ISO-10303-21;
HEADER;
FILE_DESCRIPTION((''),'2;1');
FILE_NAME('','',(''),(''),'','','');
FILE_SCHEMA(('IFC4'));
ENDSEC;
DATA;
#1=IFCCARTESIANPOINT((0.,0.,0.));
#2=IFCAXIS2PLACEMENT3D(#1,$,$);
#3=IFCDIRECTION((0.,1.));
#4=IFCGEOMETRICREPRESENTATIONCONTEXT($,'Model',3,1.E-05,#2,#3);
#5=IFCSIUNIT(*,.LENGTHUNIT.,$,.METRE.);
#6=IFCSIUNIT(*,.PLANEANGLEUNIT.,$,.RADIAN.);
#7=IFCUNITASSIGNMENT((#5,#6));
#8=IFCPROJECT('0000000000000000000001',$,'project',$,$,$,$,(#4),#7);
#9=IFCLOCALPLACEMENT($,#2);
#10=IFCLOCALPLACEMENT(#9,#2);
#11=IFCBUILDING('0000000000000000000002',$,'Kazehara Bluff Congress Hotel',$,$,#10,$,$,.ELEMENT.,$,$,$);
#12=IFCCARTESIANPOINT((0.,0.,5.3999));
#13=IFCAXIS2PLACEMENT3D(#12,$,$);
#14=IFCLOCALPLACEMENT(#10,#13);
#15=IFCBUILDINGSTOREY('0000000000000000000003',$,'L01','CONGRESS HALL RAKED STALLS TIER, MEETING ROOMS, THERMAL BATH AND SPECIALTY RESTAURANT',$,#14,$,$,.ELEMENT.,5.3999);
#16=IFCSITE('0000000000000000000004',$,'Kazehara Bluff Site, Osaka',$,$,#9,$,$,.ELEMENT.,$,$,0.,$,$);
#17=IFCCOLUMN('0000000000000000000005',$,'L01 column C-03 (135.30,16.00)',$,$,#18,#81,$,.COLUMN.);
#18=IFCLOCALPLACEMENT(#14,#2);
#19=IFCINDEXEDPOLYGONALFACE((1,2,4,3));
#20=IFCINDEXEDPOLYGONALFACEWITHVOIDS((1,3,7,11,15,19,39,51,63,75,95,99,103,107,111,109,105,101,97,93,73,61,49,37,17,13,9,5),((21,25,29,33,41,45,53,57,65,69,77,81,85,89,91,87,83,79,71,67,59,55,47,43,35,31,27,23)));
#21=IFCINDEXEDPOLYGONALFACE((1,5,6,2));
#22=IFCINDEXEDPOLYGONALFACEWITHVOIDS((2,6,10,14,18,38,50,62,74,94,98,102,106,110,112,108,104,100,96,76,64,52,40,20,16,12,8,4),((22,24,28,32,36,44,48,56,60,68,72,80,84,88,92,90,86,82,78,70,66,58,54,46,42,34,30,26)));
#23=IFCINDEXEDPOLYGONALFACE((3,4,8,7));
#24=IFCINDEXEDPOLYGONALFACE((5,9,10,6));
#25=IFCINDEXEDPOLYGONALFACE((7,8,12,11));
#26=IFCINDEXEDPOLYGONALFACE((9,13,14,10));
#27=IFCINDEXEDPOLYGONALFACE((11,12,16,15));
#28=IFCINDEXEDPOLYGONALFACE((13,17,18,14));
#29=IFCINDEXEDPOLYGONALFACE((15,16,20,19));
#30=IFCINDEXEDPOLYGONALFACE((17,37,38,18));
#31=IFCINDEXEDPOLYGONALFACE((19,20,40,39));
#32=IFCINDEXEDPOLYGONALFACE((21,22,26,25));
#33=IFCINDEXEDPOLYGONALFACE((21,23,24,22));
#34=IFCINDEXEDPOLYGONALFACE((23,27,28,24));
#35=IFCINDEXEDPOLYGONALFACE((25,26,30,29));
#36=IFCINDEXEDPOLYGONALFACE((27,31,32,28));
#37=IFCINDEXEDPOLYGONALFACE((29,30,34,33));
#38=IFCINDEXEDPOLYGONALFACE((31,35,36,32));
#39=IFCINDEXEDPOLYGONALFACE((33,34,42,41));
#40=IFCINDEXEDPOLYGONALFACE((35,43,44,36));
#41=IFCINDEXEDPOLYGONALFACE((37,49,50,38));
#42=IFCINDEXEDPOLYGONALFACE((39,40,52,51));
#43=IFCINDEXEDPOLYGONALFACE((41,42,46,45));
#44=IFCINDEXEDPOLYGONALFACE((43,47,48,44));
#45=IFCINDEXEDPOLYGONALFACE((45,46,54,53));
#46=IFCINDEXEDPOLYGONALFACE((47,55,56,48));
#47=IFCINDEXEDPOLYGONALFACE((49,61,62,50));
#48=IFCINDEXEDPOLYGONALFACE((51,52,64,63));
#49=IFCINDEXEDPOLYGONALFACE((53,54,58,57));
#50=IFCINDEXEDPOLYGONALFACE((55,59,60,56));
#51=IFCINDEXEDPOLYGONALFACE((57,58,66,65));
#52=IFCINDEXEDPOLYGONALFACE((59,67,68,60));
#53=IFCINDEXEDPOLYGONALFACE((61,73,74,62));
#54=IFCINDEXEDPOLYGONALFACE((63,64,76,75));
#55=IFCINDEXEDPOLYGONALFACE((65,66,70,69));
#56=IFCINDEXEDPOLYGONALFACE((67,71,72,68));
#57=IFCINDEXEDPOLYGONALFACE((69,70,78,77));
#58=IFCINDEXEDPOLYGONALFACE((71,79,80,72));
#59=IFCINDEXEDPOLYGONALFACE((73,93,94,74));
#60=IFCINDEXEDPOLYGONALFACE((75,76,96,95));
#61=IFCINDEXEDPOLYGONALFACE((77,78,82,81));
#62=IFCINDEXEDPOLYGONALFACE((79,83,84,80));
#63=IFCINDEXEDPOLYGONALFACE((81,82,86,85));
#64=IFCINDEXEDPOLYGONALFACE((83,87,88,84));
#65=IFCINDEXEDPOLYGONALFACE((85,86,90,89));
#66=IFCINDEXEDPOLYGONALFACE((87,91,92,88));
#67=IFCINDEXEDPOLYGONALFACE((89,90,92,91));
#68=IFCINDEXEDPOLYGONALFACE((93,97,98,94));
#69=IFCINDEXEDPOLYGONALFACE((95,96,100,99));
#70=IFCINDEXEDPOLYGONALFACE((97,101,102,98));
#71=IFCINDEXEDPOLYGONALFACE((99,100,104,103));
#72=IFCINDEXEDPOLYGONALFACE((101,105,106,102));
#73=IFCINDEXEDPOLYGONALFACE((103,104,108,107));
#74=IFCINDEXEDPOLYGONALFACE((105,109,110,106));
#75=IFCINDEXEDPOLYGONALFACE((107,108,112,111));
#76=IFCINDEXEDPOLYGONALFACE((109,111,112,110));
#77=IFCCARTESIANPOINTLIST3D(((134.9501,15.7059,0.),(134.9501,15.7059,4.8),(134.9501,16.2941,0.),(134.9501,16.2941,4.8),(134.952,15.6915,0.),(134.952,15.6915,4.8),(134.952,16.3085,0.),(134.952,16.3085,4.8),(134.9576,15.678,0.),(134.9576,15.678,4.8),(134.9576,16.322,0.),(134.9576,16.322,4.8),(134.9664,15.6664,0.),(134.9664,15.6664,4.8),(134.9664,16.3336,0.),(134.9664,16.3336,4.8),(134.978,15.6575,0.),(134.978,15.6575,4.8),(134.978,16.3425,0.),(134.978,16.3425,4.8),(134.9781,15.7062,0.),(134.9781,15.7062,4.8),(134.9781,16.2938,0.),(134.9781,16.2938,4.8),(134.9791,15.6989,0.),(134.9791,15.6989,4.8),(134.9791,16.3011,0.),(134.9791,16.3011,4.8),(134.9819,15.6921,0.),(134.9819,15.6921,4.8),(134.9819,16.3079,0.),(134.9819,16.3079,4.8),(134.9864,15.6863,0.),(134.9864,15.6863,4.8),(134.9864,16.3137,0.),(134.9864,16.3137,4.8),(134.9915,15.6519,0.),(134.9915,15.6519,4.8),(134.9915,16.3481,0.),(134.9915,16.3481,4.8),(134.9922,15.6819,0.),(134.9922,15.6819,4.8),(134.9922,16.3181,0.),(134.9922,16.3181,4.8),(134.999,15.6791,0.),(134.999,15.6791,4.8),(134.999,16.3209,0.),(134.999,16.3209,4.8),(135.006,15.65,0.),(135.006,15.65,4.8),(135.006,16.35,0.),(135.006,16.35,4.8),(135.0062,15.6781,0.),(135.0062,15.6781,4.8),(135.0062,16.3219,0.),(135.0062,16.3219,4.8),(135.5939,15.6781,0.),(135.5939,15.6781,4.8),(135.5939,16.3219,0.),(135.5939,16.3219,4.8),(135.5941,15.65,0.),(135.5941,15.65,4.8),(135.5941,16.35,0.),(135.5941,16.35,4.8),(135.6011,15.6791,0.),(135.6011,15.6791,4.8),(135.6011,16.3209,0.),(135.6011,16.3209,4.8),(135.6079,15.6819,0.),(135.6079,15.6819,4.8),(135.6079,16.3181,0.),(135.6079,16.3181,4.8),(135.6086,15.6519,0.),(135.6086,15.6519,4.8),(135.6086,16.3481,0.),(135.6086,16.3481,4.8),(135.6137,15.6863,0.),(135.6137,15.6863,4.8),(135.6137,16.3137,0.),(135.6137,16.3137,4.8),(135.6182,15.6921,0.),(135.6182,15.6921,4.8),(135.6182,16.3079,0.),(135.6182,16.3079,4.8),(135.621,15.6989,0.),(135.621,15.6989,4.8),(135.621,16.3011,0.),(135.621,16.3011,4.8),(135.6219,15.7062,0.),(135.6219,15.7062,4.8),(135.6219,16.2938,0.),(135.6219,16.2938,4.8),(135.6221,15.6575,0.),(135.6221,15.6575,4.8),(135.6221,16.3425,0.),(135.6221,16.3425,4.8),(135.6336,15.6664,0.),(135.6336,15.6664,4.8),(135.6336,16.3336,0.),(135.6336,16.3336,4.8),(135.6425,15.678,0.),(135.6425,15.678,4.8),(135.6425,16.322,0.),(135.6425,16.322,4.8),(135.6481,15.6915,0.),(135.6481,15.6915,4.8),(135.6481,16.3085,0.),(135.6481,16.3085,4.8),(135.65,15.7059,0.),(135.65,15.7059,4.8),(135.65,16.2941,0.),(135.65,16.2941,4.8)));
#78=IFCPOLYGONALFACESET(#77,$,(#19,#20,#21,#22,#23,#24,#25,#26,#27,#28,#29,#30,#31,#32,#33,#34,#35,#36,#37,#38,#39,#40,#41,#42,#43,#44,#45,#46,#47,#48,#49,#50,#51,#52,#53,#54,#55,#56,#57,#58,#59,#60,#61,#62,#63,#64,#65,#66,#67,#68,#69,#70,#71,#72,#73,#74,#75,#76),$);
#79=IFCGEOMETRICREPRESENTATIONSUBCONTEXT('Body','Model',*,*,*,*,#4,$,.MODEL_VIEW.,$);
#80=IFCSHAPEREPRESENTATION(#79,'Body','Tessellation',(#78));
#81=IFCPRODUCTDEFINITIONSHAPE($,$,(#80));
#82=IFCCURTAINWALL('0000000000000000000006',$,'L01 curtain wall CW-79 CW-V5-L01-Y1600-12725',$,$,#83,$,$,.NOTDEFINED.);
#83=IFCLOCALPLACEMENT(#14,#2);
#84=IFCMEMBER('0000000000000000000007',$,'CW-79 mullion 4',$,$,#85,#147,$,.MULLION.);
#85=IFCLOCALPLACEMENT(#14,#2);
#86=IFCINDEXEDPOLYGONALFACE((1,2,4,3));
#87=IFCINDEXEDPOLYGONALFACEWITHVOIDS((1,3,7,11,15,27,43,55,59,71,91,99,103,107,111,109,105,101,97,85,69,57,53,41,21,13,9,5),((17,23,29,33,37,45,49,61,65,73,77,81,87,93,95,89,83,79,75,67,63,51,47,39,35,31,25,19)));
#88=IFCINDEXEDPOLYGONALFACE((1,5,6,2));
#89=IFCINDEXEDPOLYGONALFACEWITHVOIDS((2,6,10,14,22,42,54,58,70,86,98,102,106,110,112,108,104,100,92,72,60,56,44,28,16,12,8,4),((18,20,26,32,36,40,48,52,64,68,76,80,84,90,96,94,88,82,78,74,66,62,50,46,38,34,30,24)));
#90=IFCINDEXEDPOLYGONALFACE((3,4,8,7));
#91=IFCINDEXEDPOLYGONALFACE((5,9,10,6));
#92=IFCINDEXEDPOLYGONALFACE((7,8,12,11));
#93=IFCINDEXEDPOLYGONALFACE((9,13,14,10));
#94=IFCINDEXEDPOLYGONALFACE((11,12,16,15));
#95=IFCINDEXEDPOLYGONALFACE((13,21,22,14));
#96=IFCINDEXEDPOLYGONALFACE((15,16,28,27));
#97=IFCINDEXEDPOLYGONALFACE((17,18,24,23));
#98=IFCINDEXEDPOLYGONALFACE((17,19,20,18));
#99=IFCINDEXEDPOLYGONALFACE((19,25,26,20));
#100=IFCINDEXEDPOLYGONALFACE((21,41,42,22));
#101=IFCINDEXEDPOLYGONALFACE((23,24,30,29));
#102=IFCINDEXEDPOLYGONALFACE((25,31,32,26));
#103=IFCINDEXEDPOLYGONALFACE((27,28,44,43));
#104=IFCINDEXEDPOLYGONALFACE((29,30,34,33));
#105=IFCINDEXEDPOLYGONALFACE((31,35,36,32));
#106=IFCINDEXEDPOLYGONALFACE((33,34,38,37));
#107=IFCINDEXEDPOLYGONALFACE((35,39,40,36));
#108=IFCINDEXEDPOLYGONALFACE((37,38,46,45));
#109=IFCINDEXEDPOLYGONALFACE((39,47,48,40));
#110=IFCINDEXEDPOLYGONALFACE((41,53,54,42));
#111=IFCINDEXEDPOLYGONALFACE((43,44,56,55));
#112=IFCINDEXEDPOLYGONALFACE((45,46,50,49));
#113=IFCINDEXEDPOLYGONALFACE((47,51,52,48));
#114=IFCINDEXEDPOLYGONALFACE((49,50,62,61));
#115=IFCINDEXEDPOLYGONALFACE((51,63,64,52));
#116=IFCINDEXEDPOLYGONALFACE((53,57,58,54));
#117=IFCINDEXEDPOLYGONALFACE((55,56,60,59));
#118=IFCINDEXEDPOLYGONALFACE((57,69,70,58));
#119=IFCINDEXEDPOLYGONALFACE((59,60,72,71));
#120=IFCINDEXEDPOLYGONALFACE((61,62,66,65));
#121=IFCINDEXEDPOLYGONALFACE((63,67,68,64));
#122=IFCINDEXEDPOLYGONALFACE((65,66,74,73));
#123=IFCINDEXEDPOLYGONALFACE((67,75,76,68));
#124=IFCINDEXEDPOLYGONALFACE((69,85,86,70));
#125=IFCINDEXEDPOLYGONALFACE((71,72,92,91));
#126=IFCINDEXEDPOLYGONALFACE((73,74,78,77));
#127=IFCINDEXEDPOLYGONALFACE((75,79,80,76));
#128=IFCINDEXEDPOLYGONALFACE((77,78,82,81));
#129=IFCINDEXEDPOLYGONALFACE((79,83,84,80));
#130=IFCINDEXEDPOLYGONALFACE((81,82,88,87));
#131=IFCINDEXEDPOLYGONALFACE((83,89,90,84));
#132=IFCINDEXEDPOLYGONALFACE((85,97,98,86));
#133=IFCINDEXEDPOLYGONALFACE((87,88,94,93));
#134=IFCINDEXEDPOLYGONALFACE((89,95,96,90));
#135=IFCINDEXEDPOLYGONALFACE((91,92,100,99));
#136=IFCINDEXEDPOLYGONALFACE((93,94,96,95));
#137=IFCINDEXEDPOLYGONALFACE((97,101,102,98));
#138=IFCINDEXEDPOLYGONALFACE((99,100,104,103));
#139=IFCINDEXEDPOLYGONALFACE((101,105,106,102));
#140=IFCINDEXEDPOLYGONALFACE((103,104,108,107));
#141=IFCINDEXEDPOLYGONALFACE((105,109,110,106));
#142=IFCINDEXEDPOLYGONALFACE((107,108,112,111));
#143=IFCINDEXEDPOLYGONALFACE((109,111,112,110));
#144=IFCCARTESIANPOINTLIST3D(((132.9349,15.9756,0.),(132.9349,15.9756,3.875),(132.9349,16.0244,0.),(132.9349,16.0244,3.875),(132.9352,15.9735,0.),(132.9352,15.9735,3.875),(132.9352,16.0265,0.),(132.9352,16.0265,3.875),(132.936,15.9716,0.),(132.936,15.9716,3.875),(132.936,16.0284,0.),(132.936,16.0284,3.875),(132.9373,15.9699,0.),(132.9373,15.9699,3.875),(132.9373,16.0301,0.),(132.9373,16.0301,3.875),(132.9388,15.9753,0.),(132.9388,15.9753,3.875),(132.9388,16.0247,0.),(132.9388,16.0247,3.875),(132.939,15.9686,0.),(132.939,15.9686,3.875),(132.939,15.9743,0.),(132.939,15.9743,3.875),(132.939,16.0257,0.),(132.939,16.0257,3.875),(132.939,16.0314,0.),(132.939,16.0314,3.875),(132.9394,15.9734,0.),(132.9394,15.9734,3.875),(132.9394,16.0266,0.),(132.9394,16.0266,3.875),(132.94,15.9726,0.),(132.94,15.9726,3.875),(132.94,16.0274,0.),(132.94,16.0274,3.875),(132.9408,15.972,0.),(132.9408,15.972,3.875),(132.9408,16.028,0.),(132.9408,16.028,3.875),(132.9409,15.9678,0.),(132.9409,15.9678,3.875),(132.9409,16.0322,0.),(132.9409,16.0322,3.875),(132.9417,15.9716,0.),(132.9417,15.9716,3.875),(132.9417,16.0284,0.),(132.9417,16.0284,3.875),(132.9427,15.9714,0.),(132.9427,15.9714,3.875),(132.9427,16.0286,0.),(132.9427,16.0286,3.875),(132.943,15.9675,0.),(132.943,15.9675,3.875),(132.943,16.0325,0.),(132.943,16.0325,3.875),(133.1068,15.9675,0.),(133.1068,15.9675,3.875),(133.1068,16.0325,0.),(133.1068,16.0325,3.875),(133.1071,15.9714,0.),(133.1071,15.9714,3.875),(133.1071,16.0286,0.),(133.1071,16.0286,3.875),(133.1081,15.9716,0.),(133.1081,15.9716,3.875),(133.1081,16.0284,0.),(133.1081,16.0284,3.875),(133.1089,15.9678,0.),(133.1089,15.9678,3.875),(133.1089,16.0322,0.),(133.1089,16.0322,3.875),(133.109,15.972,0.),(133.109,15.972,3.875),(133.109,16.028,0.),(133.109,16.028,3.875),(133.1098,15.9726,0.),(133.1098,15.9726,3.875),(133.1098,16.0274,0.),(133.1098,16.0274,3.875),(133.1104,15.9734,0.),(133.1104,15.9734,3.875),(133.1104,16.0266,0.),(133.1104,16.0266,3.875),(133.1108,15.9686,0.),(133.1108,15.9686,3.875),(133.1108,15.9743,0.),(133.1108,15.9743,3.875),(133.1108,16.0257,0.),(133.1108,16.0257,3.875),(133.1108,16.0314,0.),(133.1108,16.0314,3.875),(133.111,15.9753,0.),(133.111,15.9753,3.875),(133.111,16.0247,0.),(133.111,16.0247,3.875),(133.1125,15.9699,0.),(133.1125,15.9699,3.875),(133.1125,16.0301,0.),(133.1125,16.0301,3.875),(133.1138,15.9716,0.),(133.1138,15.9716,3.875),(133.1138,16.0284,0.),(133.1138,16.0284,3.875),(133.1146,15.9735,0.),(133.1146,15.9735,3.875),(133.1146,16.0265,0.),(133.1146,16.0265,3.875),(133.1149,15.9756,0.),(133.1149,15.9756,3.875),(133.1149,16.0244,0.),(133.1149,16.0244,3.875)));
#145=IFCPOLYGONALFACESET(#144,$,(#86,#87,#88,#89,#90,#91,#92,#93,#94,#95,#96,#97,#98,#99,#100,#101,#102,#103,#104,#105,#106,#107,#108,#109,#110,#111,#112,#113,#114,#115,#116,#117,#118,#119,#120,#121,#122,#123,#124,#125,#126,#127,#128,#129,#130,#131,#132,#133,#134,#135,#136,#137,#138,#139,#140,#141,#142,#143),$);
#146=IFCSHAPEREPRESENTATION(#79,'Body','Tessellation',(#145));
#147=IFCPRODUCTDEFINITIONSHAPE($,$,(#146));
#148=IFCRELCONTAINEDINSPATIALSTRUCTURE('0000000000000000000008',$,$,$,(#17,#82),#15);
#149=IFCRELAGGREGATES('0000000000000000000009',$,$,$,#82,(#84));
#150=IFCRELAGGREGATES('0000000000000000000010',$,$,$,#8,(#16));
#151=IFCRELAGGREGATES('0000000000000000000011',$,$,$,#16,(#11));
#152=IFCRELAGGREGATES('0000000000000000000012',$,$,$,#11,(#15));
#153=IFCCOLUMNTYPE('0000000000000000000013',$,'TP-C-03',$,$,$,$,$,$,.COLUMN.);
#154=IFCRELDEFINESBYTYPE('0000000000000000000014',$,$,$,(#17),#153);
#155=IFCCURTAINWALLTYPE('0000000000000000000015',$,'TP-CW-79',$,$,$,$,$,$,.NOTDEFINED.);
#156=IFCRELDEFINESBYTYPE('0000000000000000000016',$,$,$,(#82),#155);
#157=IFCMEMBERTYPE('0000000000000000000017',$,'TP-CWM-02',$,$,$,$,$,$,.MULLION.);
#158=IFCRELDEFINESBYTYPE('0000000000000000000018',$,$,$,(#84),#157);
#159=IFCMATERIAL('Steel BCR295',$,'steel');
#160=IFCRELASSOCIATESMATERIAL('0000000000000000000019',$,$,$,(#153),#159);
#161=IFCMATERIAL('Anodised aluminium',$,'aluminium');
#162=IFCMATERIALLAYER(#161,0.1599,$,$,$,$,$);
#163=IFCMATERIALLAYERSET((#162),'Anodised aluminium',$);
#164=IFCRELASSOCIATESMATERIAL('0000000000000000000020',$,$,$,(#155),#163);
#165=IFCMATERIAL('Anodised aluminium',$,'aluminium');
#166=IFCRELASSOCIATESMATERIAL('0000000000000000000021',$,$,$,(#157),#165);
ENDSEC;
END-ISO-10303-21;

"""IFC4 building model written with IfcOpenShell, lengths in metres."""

from ifc_helpers import new_model, si_unit, direction, frame, origin, origin_2d, place, context, subcontext, project, spatial, hollow_rectangle, extrude, material, layer, layer_set, material_profile, profile_set, type_object, element, aggregate, save


model = new_model("IFC4")

# Units and contexts
model_context = context("Model", 3, precision=1e-05, world=origin(), true_north=direction((0.0, 1.0)))
body_context = subcontext(model_context, "Body", "Model", "MODEL_VIEW")
ifc_project = project(units=[si_unit("LENGTHUNIT", "METRE"), si_unit("PLANEANGLEUNIT", "RADIAN")], contexts=[model_context])

# Site, building, storey
site_placement = place(None, origin())
site = spatial("IfcSite", under=ifc_project, at=site_placement, Name="Kazehara Bluff Site, Osaka", CompositionType="ELEMENT", RefElevation=0.0)
building_placement = place(site_placement, origin())
building = spatial("IfcBuilding", under=site, at=building_placement, Name="Kazehara Bluff Congress Hotel", CompositionType="ELEMENT")
storey_placement = place(building_placement, frame((0.0, 0.0, 5.3999)))
storey = spatial("IfcBuildingStorey", under=building, at=storey_placement, Name="L01", Description="CONGRESS HALL RAKED STALLS TIER, MEETING ROOMS, THERMAL BATH AND SPECIALTY RESTAURANT", CompositionType="ELEMENT", Elevation=5.3999)

# Column
ifc_material_1 = material(Name="Steel BCR295", Category="steel")
ifc_material_profile_1 = material_profile(ifc_material_1, hollow_rectangle(XDim=0.7, YDim=0.7, WallThickness=0.0281, InnerFilletRadius=0.0281, OuterFilletRadius=0.0559, at=origin_2d()))
ifc_profile_set_1 = profile_set([ifc_material_profile_1], Name="Steel BCR295")
column_type = type_object("IfcColumnType", Name="TP-C-03", PredefinedType="COLUMN", material=ifc_profile_set_1)
column_placement = place(storey_placement, frame((135.3, 16.0, 0.0), z_axis=(0.0, 0.0, 1.0), x_axis=(1.0, 0.0, 0.0)))
element("IfcColumn", 1, at=column_placement, inside=storey, type_object=column_type, Name="L01 column C-03 (135.30,16.00)", PredefinedType="COLUMN", context=body_context, shape_type="SweptSolid", body=[
    extrude(hollow_rectangle(XDim=0.7, YDim=0.7, WallThickness=0.0281, InnerFilletRadius=0.0281, OuterFilletRadius=0.0559, at=origin_2d()), origin(), (0.0, 0.0, 1.0), 4.8),
])

# Curtain wall, member
ifc_material_2 = material(Name="Anodised aluminium", Category="aluminium")
ifc_layer_1 = layer(ifc_material_2, 0.1599)
ifc_layer_set_1 = layer_set([ifc_layer_1], Name="Anodised aluminium")
curtain_wall_type_1 = type_object("IfcCurtainWallType", Name="TP-CW-79", PredefinedType="NOTDEFINED", material=ifc_layer_set_1)
curtain_wall_1_placement = place(storey_placement, origin())
curtain_wall_1 = element("IfcCurtainWall", 2, at=curtain_wall_1_placement, inside=storey, type_object=curtain_wall_type_1, Name="L01 curtain wall CW-79 CW-V5-L01-Y1600-12725", PredefinedType="NOTDEFINED")
ifc_material_3 = material(Name="Anodised aluminium", Category="aluminium")
ifc_material_profile_2 = material_profile(ifc_material_3, hollow_rectangle(XDim=0.0649, YDim=0.1799, WallThickness=0.0039, InnerFilletRadius=0.0039, OuterFilletRadius=0.0081, at=origin_2d()))
ifc_profile_set_2 = profile_set([ifc_material_profile_2], Name="Anodised aluminium")
member_type_1 = type_object("IfcMemberType", Name="TP-CWM-02", PredefinedType="MULLION", material=ifc_profile_set_2)
member_1_placement = place(storey_placement, frame((133.0249, 16.0, 0.0), z_axis=(0.0, 0.0, 1.0), x_axis=(0.0, 1.0, 0.0)))
member_1 = element("IfcMember", 3, at=member_1_placement, type_object=member_type_1, Name="CW-79 mullion 4", PredefinedType="MULLION", context=body_context, shape_type="SweptSolid", body=[
    extrude(hollow_rectangle(XDim=0.0649, YDim=0.1799, WallThickness=0.0039, InnerFilletRadius=0.0039, OuterFilletRadius=0.0081, at=origin_2d()), origin(), (0.0, 0.0, 1.0), 3.875),
])

aggregate(curtain_wall_1, [member_1])

save(model, "model.ifc")
